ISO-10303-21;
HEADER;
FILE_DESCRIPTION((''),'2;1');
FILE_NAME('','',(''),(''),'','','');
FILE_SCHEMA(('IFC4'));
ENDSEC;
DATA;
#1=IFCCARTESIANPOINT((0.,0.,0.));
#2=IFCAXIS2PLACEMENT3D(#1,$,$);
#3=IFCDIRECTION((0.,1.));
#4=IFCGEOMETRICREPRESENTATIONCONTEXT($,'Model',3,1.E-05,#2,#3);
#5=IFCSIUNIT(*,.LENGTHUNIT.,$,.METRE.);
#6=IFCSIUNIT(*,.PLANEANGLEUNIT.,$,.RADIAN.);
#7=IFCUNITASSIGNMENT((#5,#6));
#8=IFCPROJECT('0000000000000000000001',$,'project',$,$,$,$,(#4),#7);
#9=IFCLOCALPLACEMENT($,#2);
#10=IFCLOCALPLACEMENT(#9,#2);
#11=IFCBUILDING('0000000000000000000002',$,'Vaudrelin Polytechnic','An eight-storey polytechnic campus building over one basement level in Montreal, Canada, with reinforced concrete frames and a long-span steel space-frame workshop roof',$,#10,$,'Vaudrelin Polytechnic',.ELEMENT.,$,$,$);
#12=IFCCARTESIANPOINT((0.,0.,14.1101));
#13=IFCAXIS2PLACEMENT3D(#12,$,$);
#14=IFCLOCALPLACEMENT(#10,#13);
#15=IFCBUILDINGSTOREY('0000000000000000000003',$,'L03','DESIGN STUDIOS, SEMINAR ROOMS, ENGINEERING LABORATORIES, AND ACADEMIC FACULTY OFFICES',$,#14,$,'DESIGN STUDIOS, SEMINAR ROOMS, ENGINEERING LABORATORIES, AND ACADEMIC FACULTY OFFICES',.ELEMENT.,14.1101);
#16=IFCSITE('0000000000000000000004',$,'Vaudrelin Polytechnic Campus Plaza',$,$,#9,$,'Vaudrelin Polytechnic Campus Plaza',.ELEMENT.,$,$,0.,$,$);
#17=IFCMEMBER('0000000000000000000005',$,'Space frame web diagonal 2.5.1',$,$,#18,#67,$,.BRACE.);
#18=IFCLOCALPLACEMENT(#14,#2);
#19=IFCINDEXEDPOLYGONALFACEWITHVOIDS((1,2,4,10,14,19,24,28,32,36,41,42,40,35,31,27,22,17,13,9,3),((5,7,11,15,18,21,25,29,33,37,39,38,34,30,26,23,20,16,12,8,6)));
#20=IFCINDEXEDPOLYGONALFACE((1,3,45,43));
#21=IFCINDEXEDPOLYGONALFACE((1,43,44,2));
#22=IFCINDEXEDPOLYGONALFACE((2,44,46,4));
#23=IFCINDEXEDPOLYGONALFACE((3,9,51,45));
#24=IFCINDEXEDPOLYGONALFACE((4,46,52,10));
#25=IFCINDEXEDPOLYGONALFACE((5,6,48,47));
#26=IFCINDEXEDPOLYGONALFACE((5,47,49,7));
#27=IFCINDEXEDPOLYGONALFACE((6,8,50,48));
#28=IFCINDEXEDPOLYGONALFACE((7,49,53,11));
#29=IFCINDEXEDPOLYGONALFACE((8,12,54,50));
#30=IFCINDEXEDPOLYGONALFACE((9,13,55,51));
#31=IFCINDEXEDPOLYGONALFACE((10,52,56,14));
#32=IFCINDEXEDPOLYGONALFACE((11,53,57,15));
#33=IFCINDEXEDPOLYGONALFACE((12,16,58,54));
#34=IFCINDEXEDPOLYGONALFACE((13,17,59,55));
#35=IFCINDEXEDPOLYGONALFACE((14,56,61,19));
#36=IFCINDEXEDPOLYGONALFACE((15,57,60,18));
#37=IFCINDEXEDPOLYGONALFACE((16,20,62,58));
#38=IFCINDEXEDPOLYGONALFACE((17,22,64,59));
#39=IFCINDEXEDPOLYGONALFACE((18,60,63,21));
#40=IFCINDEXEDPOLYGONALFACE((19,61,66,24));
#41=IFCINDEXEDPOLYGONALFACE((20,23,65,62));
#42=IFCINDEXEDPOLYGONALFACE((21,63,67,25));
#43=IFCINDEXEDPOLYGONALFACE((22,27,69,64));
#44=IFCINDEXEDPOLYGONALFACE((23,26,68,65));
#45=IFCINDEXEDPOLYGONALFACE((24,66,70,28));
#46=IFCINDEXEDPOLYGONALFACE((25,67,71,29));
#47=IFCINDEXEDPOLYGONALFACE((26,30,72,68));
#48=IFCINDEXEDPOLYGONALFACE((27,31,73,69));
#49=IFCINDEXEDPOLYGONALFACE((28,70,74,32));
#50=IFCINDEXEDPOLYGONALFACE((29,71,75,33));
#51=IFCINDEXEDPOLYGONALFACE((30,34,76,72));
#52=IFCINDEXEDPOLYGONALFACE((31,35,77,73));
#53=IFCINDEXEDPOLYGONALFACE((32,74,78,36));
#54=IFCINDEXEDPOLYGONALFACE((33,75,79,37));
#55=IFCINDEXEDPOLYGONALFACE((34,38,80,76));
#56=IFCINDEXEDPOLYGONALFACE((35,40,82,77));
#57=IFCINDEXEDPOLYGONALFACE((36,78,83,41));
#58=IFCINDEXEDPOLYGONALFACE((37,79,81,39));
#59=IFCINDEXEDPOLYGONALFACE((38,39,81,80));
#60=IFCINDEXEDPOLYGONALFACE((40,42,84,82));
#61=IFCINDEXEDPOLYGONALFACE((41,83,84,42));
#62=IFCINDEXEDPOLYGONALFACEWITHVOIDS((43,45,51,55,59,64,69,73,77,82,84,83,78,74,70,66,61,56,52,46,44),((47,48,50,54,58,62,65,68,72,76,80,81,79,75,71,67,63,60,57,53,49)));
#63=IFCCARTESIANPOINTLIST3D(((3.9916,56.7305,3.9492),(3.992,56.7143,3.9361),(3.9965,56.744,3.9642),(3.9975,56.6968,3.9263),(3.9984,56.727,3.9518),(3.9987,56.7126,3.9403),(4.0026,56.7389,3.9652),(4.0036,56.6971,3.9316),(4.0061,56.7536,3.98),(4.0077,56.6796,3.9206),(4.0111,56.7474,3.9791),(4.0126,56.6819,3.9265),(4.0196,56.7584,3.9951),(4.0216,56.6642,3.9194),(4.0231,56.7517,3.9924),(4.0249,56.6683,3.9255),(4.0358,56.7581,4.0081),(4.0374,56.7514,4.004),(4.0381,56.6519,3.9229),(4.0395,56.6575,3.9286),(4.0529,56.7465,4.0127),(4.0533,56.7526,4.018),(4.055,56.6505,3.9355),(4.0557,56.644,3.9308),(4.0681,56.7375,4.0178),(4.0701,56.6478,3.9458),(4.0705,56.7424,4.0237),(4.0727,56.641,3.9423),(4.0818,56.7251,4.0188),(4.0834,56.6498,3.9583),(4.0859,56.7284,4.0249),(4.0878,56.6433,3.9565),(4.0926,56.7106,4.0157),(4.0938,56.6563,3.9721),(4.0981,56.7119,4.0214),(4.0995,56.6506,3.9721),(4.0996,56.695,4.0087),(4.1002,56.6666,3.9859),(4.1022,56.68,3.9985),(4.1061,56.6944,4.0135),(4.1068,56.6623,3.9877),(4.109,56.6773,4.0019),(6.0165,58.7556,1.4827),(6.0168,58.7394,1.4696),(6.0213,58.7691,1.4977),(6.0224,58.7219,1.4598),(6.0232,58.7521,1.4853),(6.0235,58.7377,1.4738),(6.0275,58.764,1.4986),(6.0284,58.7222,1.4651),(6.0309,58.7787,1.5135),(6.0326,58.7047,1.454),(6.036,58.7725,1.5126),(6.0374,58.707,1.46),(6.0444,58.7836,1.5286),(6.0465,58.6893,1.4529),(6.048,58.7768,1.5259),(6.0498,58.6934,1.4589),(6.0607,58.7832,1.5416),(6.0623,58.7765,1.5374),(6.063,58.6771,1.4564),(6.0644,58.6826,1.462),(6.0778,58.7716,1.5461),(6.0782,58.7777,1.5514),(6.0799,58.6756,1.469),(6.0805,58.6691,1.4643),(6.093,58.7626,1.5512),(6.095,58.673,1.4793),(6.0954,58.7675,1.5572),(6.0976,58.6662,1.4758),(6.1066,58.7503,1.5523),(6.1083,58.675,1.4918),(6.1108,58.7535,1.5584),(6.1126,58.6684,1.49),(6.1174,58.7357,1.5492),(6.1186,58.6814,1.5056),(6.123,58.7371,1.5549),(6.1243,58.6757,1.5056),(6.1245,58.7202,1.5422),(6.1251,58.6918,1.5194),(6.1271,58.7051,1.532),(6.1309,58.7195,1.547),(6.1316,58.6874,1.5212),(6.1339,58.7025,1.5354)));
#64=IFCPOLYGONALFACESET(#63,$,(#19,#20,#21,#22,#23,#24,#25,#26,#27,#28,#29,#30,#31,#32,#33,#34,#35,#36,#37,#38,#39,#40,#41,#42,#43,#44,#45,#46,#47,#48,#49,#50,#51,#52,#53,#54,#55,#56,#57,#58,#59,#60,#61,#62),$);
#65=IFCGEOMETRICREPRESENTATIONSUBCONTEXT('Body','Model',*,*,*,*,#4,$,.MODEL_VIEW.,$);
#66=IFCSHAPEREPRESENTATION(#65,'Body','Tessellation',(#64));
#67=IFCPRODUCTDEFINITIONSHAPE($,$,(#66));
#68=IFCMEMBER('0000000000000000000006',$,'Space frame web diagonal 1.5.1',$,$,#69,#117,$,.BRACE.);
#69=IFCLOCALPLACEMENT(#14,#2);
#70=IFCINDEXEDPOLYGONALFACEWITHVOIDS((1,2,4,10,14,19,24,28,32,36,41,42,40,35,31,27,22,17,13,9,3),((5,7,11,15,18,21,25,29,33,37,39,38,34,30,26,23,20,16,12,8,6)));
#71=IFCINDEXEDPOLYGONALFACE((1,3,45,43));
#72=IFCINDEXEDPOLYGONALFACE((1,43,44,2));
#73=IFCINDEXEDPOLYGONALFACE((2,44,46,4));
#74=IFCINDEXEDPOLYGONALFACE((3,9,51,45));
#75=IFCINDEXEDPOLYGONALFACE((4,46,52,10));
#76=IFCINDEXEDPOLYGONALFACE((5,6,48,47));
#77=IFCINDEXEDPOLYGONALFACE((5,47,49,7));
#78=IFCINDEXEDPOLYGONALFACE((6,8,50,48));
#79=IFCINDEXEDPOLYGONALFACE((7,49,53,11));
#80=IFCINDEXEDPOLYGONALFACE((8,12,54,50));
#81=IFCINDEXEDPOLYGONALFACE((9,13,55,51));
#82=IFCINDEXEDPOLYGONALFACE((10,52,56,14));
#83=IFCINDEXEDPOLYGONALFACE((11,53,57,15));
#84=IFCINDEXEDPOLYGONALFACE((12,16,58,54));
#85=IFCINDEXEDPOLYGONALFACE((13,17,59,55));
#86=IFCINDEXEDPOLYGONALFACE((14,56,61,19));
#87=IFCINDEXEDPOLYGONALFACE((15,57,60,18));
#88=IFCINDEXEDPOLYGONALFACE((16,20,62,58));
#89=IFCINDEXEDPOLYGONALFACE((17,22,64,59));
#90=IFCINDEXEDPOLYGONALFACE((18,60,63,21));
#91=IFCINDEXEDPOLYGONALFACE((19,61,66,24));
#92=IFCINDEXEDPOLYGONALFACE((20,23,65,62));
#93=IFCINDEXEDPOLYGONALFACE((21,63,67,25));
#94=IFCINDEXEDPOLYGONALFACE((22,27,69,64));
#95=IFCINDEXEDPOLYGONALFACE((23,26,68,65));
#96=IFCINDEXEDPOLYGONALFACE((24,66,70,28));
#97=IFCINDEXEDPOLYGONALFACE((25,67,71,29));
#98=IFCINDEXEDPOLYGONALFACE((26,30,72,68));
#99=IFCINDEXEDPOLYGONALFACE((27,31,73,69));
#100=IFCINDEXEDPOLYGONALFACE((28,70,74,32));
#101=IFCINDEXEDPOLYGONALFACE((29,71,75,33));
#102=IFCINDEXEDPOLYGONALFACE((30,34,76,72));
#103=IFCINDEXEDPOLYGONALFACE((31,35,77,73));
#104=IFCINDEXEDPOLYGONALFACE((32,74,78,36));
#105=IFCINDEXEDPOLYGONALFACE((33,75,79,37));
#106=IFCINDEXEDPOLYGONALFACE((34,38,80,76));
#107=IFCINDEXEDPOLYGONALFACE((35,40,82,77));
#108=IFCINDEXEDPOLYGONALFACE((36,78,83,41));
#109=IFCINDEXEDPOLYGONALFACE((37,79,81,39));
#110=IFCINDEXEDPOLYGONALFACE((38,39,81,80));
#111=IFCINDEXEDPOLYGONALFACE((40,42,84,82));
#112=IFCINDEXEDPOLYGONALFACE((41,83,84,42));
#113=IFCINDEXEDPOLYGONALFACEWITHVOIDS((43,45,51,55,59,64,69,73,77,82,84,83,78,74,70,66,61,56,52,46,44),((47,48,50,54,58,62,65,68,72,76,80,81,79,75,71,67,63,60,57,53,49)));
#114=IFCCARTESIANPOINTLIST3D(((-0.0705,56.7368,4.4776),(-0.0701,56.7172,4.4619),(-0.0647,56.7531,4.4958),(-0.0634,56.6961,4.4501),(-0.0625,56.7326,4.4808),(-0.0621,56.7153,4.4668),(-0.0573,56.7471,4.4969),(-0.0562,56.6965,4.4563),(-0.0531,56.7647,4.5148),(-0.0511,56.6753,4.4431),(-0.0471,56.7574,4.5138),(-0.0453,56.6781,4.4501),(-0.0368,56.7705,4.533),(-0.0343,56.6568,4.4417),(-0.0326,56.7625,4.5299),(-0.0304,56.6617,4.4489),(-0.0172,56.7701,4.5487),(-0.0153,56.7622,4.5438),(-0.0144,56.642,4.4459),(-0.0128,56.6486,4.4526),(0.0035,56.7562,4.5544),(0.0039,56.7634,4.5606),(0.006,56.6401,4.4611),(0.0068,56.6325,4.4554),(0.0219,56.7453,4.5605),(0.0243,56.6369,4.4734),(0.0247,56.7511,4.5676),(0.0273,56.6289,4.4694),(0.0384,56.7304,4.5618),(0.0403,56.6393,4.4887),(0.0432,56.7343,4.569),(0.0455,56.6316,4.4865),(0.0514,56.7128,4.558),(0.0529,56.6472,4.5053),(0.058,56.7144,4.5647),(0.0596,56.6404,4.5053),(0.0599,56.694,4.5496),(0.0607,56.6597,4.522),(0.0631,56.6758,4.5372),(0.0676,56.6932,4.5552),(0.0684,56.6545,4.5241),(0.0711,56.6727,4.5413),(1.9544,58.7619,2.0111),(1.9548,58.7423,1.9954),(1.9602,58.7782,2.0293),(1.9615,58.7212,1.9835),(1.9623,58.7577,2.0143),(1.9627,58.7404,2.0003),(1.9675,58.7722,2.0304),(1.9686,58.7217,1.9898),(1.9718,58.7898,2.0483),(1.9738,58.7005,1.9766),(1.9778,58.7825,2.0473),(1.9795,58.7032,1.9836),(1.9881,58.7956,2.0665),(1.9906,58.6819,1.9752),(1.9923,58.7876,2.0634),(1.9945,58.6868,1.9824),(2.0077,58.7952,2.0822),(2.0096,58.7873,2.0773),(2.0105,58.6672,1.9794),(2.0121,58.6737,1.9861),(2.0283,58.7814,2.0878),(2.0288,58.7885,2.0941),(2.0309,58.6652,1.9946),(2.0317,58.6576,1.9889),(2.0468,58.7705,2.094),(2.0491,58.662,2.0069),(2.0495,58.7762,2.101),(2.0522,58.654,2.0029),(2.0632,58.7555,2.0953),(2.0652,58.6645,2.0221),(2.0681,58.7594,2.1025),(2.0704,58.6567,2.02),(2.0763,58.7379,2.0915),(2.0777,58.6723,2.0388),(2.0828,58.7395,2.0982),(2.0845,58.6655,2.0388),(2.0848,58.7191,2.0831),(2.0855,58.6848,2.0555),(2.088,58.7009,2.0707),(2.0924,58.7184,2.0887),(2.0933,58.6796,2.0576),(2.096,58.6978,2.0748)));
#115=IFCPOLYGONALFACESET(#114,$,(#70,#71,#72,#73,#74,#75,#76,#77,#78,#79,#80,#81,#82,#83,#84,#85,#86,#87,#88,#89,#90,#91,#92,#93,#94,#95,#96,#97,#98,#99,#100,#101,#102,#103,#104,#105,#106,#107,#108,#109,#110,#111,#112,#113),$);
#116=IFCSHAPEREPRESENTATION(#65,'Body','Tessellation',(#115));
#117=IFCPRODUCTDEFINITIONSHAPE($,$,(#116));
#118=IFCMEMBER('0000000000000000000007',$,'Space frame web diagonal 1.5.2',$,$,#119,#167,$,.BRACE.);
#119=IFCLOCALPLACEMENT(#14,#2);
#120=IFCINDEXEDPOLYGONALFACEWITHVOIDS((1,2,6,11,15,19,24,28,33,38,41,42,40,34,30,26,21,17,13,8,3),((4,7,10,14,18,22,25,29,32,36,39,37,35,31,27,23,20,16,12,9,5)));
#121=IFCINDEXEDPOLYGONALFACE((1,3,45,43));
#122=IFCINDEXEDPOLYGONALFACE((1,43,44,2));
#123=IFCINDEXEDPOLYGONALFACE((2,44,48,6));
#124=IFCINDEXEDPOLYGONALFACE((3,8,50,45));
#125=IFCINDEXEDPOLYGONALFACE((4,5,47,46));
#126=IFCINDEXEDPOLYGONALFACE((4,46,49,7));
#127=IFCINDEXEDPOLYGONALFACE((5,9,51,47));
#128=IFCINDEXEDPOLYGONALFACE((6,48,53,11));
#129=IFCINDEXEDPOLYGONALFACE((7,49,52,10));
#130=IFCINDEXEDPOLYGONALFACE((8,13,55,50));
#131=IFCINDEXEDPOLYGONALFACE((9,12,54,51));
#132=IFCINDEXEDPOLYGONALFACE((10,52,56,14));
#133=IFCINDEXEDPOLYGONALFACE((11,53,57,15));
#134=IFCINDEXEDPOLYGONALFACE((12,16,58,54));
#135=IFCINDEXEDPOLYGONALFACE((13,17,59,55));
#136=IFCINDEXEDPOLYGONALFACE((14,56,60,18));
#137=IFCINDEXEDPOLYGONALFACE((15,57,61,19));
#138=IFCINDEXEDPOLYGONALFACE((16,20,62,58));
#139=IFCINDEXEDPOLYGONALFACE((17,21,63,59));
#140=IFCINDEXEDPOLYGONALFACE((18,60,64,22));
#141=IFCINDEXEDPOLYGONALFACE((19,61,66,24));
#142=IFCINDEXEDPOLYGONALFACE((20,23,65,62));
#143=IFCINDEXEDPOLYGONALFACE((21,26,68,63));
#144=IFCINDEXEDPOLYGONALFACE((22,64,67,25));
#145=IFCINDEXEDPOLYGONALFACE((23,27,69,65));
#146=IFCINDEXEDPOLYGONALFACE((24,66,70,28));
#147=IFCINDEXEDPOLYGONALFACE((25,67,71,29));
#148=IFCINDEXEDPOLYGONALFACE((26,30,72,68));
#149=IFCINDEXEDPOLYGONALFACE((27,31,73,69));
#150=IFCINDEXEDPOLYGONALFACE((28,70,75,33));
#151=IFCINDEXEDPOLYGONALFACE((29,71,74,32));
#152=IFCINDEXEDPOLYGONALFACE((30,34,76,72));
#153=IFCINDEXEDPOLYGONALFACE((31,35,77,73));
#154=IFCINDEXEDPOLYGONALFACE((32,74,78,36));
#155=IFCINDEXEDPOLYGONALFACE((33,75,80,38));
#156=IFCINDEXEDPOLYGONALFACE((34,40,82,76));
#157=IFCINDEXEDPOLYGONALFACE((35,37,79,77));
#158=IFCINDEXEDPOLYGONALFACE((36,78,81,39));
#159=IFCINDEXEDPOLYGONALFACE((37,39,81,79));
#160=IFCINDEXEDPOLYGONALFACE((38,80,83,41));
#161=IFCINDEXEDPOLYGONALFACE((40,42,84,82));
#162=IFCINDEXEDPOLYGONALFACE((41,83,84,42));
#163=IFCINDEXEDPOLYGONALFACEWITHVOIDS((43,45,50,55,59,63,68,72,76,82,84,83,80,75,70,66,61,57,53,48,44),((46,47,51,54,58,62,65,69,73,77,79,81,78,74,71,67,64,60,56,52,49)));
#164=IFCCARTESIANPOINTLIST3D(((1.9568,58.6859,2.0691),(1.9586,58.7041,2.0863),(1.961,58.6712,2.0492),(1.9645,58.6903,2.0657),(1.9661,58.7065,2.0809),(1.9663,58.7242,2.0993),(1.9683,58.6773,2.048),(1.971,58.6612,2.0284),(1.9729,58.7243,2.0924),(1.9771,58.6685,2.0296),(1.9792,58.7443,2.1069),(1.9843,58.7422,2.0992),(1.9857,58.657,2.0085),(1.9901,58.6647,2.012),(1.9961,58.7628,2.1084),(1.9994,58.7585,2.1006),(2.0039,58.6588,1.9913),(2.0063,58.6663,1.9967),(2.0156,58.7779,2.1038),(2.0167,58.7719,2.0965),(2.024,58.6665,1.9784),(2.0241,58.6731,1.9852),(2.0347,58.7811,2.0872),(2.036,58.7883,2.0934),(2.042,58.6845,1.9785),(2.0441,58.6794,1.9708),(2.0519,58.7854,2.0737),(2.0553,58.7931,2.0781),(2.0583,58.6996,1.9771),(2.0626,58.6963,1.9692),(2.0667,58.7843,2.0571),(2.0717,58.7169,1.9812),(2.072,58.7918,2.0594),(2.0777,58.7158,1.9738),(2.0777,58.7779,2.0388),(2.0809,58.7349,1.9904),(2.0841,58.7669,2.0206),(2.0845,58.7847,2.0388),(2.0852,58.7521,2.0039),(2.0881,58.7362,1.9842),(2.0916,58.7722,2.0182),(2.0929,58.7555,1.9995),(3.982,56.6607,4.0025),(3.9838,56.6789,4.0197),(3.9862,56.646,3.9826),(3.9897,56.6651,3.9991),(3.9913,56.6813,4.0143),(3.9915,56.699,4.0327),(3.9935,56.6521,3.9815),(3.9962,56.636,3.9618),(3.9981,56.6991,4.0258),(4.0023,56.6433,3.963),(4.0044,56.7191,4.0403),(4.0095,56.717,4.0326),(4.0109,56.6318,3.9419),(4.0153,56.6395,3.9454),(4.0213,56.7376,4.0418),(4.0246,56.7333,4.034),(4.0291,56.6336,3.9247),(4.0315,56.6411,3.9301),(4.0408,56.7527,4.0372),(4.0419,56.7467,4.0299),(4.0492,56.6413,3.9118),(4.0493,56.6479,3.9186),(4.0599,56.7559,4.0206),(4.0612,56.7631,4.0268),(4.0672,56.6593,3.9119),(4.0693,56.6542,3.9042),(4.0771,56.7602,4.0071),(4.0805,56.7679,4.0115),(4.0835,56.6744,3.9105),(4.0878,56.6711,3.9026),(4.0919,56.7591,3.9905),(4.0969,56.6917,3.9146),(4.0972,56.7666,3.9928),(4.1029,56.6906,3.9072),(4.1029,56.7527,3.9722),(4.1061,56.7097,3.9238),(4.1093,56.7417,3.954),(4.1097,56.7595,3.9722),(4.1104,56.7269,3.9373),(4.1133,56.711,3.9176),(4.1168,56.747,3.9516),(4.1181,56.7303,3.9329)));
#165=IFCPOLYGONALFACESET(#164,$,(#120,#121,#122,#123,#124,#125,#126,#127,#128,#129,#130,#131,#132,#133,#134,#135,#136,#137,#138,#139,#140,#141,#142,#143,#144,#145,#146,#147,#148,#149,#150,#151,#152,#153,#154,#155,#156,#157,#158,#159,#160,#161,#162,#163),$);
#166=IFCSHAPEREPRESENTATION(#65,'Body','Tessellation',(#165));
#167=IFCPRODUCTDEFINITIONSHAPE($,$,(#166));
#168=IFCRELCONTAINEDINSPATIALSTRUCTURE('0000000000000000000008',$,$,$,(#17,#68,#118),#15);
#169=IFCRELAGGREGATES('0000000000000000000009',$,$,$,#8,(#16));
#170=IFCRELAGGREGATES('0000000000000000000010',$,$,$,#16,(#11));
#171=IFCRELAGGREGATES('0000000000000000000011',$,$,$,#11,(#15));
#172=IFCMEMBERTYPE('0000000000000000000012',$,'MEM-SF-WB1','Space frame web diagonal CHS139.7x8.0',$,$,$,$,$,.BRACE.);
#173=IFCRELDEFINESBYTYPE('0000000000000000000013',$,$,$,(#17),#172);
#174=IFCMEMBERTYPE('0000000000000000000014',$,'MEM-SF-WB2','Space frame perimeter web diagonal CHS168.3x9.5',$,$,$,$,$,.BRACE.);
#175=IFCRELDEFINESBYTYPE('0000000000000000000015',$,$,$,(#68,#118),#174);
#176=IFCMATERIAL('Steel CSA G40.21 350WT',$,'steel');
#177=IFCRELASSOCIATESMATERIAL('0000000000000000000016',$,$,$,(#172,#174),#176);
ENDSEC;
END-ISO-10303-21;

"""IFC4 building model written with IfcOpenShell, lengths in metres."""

from ifc_helpers import new_model, si_unit, direction, frame, origin, origin_2d, place, context, subcontext, project, spatial, hollow_circle, extrude, material, material_profile, profile_set, type_object, element, save


model = new_model("IFC4")

# Units and contexts
model_context = context("Model", 3, precision=1e-05, world=origin(), true_north=direction((0.0, 1.0)))
body_context = subcontext(model_context, "Body", "Model", "MODEL_VIEW")
ifc_project = project(units=[si_unit("LENGTHUNIT", "METRE"), si_unit("PLANEANGLEUNIT", "RADIAN")], contexts=[model_context])

# Site, building, storey
site_placement = place(None, origin())
site = spatial("IfcSite", under=ifc_project, at=site_placement, Name="Vaudrelin Polytechnic Campus Plaza", LongName="Vaudrelin Polytechnic Campus Plaza", CompositionType="ELEMENT", RefElevation=0.0)
building_placement = place(site_placement, origin())
building = spatial("IfcBuilding", under=site, at=building_placement, Name="Vaudrelin Polytechnic", Description="An eight-storey polytechnic campus building over one basement level in Montreal, Canada, with reinforced concrete frames and a long-span steel space-frame workshop roof", LongName="Vaudrelin Polytechnic", CompositionType="ELEMENT")
storey_placement = place(building_placement, frame((0.0, 0.0, 14.1101)))
storey = spatial("IfcBuildingStorey", under=building, at=storey_placement, Name="L03", Description="DESIGN STUDIOS, SEMINAR ROOMS, ENGINEERING LABORATORIES, AND ACADEMIC FACULTY OFFICES", LongName="DESIGN STUDIOS, SEMINAR ROOMS, ENGINEERING LABORATORIES, AND ACADEMIC FACULTY OFFICES", CompositionType="ELEMENT", Elevation=14.1101)

# Members
ifc_material_1 = material(Name="Steel CSA G40.21 350WT", Category="steel")
ifc_material_profile_1 = material_profile(ifc_material_1, hollow_circle(Radius=0.0698, WallThickness=0.0081, at=origin_2d()), Name="CHS139.7x8.0")
ifc_profile_set_1 = profile_set([ifc_material_profile_1], Name="Steel CSA G40.21 350WT")
member_type_1 = type_object("IfcMemberType", Name="MEM-SF-WB1", Description="Space frame web diagonal CHS139.7x8.0", PredefinedType="BRACE", material=ifc_profile_set_1)
member_1_placement = place(storey_placement, frame((6.075, 58.7251, 1.5056), z_axis=(-0.535746, -0.535811, 0.652597), x_axis=(0.707149, -0.707064, 0.0)))
element("IfcMember", 1, at=member_1_placement, inside=storey, type_object=member_type_1, Name="Space frame web diagonal 2.5.1", PredefinedType="BRACE", context=body_context, shape_type="SweptSolid", body=[
    extrude(hollow_circle(Radius=0.0698, WallThickness=0.0081, at=origin_2d()), origin(), (0.0, 0.0, 1.0), 3.7795),
])
ifc_material_profile_2 = material_profile(ifc_material_1, hollow_circle(Radius=0.0842, WallThickness=0.0095, at=origin_2d()), Name="CHS168.3x9.5")
ifc_profile_set_2 = profile_set([ifc_material_profile_2], Name="Steel CSA G40.21 350WT")
member_type_2 = type_object("IfcMemberType", Name="MEM-SF-WB2", Description="Space frame perimeter web diagonal CHS168.3x9.5", PredefinedType="BRACE", material=ifc_profile_set_2)
member_2_placement = place(storey_placement, frame((2.0249, 58.7251, 2.0388), z_axis=(-0.535746, -0.535811, 0.652597), x_axis=(0.707149, -0.707064, 0.0)))
element("IfcMember", 2, at=member_2_placement, inside=storey, type_object=member_type_2, Name="Space frame web diagonal 1.5.1", PredefinedType="BRACE", context=body_context, shape_type="SweptSolid", body=[
    extrude(hollow_circle(Radius=0.0842, WallThickness=0.0095, at=origin_2d()), origin(), (0.0, 0.0, 1.0), 3.7795),
])
member_3_placement = place(storey_placement, frame((2.0249, 58.7251, 2.0388), z_axis=(0.58607, -0.58607, 0.559504), x_axis=(0.707107, 0.707107, 0.0)))
element("IfcMember", 3, at=member_3_placement, inside=storey, type_object=member_type_2, Name="Space frame web diagonal 1.5.2", PredefinedType="BRACE", context=body_context, shape_type="SweptSolid", body=[
    extrude(hollow_circle(Radius=0.0842, WallThickness=0.0095, at=origin_2d()), origin(), (0.0, 0.0, 1.0), 3.4556),
])

save(model, "model.ifc")
